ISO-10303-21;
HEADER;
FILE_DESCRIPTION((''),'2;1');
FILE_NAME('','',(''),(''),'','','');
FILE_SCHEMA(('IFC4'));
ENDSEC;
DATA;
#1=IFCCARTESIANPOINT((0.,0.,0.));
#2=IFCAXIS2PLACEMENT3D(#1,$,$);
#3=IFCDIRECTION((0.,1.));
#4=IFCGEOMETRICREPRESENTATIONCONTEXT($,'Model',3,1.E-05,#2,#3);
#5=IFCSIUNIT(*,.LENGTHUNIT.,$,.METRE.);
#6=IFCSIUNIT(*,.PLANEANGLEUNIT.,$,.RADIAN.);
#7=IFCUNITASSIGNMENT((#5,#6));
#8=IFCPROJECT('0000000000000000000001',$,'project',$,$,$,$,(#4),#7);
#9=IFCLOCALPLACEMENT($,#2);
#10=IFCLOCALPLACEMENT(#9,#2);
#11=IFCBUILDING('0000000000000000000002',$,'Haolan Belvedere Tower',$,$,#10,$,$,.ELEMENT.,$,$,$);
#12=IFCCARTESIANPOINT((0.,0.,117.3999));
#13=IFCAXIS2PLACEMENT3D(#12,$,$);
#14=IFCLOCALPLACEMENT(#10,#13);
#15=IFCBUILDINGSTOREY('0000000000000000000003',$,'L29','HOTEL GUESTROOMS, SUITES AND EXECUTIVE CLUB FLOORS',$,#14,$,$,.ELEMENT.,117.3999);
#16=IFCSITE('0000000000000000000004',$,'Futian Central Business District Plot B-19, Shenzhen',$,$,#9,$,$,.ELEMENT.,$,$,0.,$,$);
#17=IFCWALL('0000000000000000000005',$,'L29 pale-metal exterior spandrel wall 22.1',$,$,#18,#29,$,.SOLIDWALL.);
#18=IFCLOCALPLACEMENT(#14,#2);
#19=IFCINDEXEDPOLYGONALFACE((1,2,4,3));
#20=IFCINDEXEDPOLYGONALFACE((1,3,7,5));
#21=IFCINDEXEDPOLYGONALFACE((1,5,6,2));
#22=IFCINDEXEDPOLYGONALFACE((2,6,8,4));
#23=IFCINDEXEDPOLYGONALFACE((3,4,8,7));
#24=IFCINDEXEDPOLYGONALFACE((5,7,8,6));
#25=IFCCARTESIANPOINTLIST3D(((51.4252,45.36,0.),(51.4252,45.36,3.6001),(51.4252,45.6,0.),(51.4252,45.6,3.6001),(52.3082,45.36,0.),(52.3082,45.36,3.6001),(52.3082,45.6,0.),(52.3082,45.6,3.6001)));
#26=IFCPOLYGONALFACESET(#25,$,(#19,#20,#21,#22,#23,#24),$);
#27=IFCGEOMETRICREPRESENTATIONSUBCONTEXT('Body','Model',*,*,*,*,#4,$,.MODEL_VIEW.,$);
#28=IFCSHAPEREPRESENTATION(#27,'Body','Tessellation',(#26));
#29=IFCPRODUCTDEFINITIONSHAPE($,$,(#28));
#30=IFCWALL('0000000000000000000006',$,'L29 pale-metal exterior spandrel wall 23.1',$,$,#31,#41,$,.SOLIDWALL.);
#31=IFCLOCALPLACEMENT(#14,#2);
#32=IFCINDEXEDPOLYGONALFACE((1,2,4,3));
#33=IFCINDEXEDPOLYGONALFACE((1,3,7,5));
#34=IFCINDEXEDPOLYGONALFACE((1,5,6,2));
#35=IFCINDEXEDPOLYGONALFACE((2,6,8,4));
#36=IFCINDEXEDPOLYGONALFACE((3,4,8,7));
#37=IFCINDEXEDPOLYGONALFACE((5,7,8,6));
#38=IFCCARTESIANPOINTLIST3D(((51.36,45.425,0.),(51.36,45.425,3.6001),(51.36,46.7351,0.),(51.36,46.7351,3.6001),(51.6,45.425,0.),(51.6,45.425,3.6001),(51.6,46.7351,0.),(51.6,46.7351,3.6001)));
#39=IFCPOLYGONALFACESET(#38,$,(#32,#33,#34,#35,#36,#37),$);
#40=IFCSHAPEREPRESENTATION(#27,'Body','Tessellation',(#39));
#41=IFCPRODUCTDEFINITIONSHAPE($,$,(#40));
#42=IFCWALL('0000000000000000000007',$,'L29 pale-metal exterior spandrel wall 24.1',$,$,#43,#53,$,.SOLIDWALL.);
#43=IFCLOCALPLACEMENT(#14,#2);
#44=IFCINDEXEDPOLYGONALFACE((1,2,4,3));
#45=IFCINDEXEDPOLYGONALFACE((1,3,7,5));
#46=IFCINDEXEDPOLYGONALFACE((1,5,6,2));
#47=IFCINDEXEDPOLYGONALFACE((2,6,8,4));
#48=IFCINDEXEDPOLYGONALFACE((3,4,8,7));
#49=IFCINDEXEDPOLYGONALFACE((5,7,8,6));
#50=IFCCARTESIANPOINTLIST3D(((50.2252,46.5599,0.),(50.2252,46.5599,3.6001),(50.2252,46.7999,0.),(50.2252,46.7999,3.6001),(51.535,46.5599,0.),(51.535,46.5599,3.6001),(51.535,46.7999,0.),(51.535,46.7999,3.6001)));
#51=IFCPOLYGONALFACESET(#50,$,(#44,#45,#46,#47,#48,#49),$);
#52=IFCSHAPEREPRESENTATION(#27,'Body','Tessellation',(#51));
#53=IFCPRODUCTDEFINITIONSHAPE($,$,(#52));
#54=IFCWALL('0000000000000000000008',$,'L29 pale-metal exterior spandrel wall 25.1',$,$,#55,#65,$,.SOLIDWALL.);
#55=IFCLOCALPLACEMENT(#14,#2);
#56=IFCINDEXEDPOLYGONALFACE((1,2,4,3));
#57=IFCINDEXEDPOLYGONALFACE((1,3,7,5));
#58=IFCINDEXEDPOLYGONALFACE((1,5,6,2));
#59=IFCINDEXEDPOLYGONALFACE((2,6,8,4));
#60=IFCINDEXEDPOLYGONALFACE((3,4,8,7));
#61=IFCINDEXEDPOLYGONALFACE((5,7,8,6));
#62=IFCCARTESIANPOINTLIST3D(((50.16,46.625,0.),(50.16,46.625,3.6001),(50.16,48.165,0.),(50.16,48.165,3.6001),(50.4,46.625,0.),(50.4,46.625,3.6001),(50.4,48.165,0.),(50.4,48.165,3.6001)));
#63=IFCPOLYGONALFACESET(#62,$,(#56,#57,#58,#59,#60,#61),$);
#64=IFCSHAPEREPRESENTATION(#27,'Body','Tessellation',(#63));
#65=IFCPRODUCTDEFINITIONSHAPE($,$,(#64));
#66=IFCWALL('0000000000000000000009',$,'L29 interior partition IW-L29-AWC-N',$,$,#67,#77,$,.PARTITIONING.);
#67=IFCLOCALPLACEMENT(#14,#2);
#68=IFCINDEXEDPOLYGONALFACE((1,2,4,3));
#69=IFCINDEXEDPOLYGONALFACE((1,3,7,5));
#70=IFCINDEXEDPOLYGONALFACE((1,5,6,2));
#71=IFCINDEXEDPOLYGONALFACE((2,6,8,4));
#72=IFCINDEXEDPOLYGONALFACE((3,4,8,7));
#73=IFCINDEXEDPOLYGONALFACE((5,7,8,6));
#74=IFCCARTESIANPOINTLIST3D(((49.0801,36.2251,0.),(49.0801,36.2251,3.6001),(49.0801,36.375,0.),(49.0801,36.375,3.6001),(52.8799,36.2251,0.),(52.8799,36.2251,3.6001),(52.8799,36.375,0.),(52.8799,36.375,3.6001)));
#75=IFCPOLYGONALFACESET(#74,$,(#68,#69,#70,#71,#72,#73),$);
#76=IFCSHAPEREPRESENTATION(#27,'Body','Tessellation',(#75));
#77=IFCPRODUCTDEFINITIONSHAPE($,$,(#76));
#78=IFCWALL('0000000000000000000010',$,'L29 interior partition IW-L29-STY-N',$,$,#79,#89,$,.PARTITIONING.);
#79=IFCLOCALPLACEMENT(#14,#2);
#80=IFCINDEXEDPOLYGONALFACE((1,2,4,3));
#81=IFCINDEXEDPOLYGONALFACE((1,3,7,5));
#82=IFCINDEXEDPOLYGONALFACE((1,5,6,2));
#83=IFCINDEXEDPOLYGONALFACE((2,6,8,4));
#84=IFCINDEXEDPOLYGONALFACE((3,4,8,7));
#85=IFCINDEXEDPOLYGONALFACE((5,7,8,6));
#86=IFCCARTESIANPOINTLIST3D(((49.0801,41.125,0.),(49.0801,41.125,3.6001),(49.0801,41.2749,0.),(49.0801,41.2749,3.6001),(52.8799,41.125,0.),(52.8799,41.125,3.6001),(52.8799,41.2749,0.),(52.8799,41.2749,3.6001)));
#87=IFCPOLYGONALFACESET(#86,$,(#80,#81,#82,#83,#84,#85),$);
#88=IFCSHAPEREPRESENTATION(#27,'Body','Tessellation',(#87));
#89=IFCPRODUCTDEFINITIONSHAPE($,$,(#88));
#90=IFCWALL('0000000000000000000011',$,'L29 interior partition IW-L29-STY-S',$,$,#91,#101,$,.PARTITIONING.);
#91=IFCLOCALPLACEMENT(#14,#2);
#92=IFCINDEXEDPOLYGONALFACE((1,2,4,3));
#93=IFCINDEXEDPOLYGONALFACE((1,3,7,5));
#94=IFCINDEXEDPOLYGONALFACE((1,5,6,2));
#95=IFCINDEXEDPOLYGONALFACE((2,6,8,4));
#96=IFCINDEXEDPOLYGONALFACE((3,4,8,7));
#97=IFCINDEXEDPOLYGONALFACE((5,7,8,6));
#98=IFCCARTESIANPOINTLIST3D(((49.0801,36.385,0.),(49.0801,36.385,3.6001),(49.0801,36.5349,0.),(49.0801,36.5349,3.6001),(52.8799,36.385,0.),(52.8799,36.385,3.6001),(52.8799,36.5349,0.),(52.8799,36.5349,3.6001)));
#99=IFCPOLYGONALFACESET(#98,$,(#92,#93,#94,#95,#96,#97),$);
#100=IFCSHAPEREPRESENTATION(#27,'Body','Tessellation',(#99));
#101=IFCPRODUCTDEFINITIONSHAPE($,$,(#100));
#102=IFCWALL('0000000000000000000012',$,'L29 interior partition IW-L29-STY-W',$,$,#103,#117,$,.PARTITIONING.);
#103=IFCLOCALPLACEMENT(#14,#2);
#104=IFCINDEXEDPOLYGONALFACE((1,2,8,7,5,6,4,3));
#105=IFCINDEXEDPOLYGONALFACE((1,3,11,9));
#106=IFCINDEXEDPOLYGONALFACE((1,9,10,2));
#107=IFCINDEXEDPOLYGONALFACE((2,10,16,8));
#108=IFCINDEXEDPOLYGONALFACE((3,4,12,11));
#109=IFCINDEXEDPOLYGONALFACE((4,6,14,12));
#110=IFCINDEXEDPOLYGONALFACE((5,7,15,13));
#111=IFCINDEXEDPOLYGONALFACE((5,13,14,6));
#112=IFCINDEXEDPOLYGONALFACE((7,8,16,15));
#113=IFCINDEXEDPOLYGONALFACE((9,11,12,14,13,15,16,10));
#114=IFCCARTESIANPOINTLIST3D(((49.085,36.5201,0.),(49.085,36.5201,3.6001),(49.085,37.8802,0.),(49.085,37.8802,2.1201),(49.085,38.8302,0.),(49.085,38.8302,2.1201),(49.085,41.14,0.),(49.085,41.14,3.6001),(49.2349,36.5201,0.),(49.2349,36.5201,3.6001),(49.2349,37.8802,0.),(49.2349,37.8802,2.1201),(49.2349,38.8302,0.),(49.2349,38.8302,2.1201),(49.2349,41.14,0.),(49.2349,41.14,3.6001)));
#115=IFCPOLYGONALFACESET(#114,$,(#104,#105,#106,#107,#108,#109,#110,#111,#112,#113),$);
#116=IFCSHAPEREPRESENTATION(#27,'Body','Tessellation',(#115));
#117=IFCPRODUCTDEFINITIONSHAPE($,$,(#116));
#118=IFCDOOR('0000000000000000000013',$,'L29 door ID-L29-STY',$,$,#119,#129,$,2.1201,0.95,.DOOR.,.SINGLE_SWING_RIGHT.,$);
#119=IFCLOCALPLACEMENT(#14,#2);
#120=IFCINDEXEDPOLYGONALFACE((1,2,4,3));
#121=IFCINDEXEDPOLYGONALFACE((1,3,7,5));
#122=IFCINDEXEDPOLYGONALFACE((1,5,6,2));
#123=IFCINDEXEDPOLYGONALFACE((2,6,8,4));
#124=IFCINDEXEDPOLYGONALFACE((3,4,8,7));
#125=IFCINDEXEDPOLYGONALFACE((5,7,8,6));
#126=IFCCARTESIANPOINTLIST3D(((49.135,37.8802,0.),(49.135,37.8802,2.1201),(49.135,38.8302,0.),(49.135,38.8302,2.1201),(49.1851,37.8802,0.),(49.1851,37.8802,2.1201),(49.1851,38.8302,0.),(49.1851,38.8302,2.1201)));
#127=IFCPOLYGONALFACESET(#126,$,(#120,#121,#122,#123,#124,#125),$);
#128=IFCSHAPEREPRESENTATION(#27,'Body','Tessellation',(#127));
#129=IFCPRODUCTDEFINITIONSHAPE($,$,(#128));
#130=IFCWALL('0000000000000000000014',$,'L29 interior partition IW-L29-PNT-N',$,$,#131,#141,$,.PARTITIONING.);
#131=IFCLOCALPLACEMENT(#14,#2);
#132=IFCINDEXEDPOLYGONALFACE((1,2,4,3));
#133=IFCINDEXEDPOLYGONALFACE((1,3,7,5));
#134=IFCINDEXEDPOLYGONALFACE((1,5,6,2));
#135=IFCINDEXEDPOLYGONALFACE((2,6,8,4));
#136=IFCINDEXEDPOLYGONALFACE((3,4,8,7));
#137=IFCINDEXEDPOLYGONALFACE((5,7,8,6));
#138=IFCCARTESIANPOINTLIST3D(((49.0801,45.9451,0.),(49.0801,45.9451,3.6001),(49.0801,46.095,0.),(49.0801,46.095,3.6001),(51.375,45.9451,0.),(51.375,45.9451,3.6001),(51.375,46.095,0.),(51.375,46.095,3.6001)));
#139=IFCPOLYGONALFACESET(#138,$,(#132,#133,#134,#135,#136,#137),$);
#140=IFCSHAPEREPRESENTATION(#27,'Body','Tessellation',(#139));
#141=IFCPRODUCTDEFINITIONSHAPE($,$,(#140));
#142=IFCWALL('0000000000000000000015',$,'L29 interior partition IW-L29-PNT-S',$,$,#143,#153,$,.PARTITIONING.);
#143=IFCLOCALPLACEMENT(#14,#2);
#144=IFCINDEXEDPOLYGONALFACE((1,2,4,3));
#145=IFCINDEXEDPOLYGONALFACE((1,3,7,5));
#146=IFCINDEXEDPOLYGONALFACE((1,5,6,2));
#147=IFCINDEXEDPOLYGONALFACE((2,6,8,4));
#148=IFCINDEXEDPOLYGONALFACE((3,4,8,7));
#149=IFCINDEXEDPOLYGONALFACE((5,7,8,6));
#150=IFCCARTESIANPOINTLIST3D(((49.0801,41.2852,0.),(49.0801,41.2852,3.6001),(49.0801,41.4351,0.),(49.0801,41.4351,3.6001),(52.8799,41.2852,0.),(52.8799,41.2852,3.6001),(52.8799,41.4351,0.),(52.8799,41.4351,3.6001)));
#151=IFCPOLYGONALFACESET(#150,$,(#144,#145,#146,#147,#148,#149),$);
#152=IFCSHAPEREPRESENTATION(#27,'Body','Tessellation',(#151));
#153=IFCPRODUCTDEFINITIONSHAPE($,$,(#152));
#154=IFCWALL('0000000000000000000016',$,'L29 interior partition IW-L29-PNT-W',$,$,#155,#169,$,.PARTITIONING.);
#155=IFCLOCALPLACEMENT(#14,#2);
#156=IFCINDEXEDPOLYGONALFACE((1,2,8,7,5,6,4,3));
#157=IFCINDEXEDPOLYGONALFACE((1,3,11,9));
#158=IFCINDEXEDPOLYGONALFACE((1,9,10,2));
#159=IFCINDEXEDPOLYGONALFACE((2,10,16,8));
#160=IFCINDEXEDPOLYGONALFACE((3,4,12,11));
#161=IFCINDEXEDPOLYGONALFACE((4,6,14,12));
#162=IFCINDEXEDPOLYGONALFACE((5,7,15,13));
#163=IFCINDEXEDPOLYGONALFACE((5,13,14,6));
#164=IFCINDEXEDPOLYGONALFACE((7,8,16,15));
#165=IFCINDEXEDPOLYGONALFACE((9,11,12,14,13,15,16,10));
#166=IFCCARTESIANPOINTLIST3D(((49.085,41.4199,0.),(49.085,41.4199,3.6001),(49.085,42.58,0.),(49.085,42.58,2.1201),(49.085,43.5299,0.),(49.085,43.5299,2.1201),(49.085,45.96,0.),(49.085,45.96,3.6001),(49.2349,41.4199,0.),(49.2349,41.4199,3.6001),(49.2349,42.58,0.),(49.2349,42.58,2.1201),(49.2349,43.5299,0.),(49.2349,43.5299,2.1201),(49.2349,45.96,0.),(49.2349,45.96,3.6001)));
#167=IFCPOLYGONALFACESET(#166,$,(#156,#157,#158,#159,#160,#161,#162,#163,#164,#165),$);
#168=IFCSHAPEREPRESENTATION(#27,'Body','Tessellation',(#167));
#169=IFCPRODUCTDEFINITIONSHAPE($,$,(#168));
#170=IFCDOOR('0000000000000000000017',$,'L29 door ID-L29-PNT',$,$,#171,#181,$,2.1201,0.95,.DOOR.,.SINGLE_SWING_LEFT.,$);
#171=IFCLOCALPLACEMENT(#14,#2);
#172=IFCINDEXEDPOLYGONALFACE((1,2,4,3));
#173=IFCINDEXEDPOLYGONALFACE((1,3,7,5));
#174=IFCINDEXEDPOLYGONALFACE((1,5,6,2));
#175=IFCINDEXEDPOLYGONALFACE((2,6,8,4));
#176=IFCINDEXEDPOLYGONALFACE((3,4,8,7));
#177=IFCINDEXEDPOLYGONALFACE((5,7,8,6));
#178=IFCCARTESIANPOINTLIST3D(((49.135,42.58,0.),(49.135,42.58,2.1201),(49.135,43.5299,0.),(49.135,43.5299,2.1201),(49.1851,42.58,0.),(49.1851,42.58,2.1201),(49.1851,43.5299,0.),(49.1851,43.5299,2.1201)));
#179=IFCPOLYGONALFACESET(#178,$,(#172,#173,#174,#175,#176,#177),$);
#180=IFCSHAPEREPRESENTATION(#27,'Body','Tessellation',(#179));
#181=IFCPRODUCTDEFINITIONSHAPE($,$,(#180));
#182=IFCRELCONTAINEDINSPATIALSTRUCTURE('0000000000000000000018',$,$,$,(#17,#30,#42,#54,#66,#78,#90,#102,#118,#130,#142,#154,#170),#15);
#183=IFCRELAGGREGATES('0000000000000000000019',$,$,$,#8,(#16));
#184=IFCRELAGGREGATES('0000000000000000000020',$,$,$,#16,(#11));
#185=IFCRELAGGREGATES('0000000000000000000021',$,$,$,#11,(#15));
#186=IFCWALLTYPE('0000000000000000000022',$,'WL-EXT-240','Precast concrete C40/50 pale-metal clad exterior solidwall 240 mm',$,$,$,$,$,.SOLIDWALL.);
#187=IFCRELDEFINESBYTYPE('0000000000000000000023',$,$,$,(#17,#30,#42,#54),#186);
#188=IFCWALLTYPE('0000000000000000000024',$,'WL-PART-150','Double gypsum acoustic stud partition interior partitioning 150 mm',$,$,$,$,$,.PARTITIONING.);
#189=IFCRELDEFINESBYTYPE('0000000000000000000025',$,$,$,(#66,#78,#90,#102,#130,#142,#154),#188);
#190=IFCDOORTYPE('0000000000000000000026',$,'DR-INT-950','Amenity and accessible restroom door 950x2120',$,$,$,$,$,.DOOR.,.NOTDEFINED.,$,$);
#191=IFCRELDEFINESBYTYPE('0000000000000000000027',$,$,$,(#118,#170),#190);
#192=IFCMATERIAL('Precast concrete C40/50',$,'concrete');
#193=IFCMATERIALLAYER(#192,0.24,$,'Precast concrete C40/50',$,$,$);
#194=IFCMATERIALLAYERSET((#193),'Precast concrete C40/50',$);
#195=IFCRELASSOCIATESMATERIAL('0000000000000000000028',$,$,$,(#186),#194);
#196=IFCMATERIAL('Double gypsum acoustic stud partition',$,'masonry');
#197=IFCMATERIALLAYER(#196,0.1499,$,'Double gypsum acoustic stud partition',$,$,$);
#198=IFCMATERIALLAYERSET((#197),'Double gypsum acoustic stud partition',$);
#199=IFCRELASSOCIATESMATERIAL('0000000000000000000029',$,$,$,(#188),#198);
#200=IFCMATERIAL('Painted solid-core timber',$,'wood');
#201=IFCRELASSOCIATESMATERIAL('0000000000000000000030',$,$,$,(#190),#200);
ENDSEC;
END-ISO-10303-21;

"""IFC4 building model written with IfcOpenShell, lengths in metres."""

from ifc_helpers import new_model, si_unit, direction, frame, frame_2d, origin, place, context, subcontext, project, spatial, rectangle, extrude, material, layer, layer_set, type_object, element, fill, save


model = new_model("IFC4")

# Units and contexts
model_context = context("Model", 3, precision=1e-05, world=origin(), true_north=direction((0.0, 1.0)))
body_context = subcontext(model_context, "Body", "Model", "MODEL_VIEW")
ifc_project = project(units=[si_unit("LENGTHUNIT", "METRE"), si_unit("PLANEANGLEUNIT", "RADIAN")], contexts=[model_context])

# Site, building, storey
site_placement = place(None, origin())
site = spatial("IfcSite", under=ifc_project, at=site_placement, Name="Futian Central Business District Plot B-19, Shenzhen", CompositionType="ELEMENT", RefElevation=0.0)
building_placement = place(site_placement, origin())
building = spatial("IfcBuilding", under=site, at=building_placement, Name="Haolan Belvedere Tower", CompositionType="ELEMENT")
storey_placement = place(building_placement, frame((0.0, 0.0, 117.3999)))
storey = spatial("IfcBuildingStorey", under=building, at=storey_placement, Name="L29", Description="HOTEL GUESTROOMS, SUITES AND EXECUTIVE CLUB FLOORS", CompositionType="ELEMENT", Elevation=117.3999)

# Walls
ifc_material_1 = material(Name="Precast concrete C40/50", Category="concrete")
ifc_layer_1 = layer(ifc_material_1, 0.24, Name="Precast concrete C40/50")
ifc_layer_set_1 = layer_set([ifc_layer_1], Name="Precast concrete C40/50")
wall_type_1 = type_object("IfcWallType", Name="WL-EXT-240", Description="Precast concrete C40/50 pale-metal clad exterior solidwall 240 mm", PredefinedType="SOLIDWALL", material=ifc_layer_set_1)
wall_1_placement = place(storey_placement, frame((52.3081, 45.48, 0.0), z_axis=(0.0, 0.0, 1.0), x_axis=(-1.0, 0.0, 0.0)))
element("IfcWall", 1, at=wall_1_placement, inside=storey, type_object=wall_type_1, Name="L29 pale-metal exterior spandrel wall 22.1", PredefinedType="SOLIDWALL", context=body_context, shape_type="SweptSolid", body=[
    extrude(rectangle(XDim=0.8831, YDim=0.24, at=frame_2d((0.4414, 0.0))), origin(), (0.0, 0.0, 1.0), 3.6001),
])
wall_2_placement = place(storey_placement, frame((51.48, 45.425, 0.0), z_axis=(0.0, 0.0, 1.0), x_axis=(0.0, 1.0, 0.0)))
element("IfcWall", 2, at=wall_2_placement, inside=storey, type_object=wall_type_1, Name="L29 pale-metal exterior spandrel wall 23.1", PredefinedType="SOLIDWALL", context=body_context, shape_type="SweptSolid", body=[
    extrude(rectangle(XDim=1.3101, YDim=0.24, at=frame_2d((0.655, 0.0))), origin(), (0.0, 0.0, 1.0), 3.6001),
])
wall_3_placement = place(storey_placement, frame((51.5349, 46.6799, 0.0), z_axis=(0.0, 0.0, 1.0), x_axis=(-1.0, 0.0, 0.0)))
element("IfcWall", 3, at=wall_3_placement, inside=storey, type_object=wall_type_1, Name="L29 pale-metal exterior spandrel wall 24.1", PredefinedType="SOLIDWALL", context=body_context, shape_type="SweptSolid", body=[
    extrude(rectangle(XDim=1.3098, YDim=0.24, at=frame_2d((0.6548, 0.0))), origin(), (0.0, 0.0, 1.0), 3.6001),
])
wall_4_placement = place(storey_placement, frame((50.28, 46.625, 0.0), z_axis=(0.0, 0.0, 1.0), x_axis=(0.0, 1.0, 0.0)))
element("IfcWall", 4, at=wall_4_placement, inside=storey, type_object=wall_type_1, Name="L29 pale-metal exterior spandrel wall 25.1", PredefinedType="SOLIDWALL", context=body_context, shape_type="SweptSolid", body=[
    extrude(rectangle(XDim=1.54, YDim=0.24, at=frame_2d((0.77, 0.0))), origin(), (0.0, 0.0, 1.0), 3.6001),
])
ifc_material_2 = material(Name="Double gypsum acoustic stud partition", Category="masonry")
ifc_layer_2 = layer(ifc_material_2, 0.1499, Name="Double gypsum acoustic stud partition")
ifc_layer_set_2 = layer_set([ifc_layer_2], Name="Double gypsum acoustic stud partition")
wall_type_2 = type_object("IfcWallType", Name="WL-PART-150", Description="Double gypsum acoustic stud partition interior partitioning 150 mm", PredefinedType="PARTITIONING", material=ifc_layer_set_2)
wall_5_placement = place(storey_placement, frame((49.0801, 36.3, 0.0), z_axis=(0.0, 0.0, 1.0), x_axis=(1.0, 0.0, 0.0)))
element("IfcWall", 5, at=wall_5_placement, inside=storey, type_object=wall_type_2, Name="L29 interior partition IW-L29-AWC-N", PredefinedType="PARTITIONING", context=body_context, shape_type="SweptSolid", body=[
    extrude(rectangle(XDim=3.7998, YDim=0.1499, at=frame_2d((1.8999, 0.0))), origin(), (0.0, 0.0, 1.0), 3.6001),
])

# Shared definitions
ifc_material_3 = material(Name="Painted solid-core timber", Category="wood")
door_type = type_object("IfcDoorType", Name="DR-INT-950", Description="Amenity and accessible restroom door 950x2120", OperationType="NOTDEFINED", PredefinedType="DOOR", material=ifc_material_3)

# Walls
for number, where, z_axis, x_axis, name in (
    (6, (49.0801, 41.2, 0.0), (0.0, 0.0, 1.0), (1.0, 0.0, 0.0), "L29 interior partition IW-L29-STY-N"),
    (7, (49.0801, 36.46, 0.0), (0.0, 0.0, 1.0), (1.0, 0.0, 0.0), "L29 interior partition IW-L29-STY-S"),
):
    element("IfcWall", number, at=place(storey_placement, frame(where, z_axis=z_axis, x_axis=x_axis)), inside=storey, type_object=wall_type_2, Name=name, PredefinedType="PARTITIONING", context=body_context, shape_type="SweptSolid", body=[
        extrude(rectangle(XDim=3.7998, YDim=0.1499, at=frame_2d((1.8999, 0.0))), origin(), (0.0, 0.0, 1.0), 3.6001),
    ])

# Wall, opening, door
wall_6_placement = place(storey_placement, frame((49.1599, 36.52, 0.0), z_axis=(0.0, 0.0, 1.0), x_axis=(0.0, 1.0, 0.0)))
wall_6 = element("IfcWall", 8, at=wall_6_placement, inside=storey, type_object=wall_type_2, Name="L29 interior partition IW-L29-STY-W", PredefinedType="PARTITIONING", context=body_context, shape_type="SweptSolid", body=[
    extrude(rectangle(XDim=4.6199, YDim=0.1499, at=frame_2d((2.3101, 0.0))), origin(), (0.0, 0.0, 1.0), 3.6001),
])
opening_1_placement = place(wall_6_placement, frame((1.3601, 0.0, 0.0)))
opening_1 = element("IfcOpeningElement", 9, at=opening_1_placement, cuts=wall_6, PredefinedType="OPENING", context=body_context, shape_type="SweptSolid", body=[
    extrude(rectangle(XDim=0.95, YDim=2.1201, at=frame_2d((0.4751, 1.0601))), frame((0.0, 0.085, 0.0), z_axis=(0.0, -1.0, 0.0), x_axis=(1.0, 0.0, 0.0)), (0.0, 0.0, 1.0), 0.1699),
])
door_1_placement = place(opening_1_placement, origin())
door_1 = element("IfcDoor", 10, at=door_1_placement, inside=storey, type_object=door_type, Name="L29 door ID-L29-STY", OperationType="SINGLE_SWING_RIGHT", OverallHeight=2.1201, OverallWidth=0.95, PredefinedType="DOOR", context=body_context, shape_type="SweptSolid", body=[
    extrude(rectangle(XDim=0.95, YDim=2.1201, at=frame_2d((0.4751, 1.0601))), frame((0.0, 0.0249, 0.0), z_axis=(0.0, -1.0, 0.0), x_axis=(1.0, 0.0, 0.0)), (0.0, 0.0, 1.0), 0.05),
])
fill(opening_1, door_1)

# Walls
wall_7_placement = place(storey_placement, frame((49.0801, 46.02, 0.0), z_axis=(0.0, 0.0, 1.0), x_axis=(1.0, 0.0, 0.0)))
element("IfcWall", 11, at=wall_7_placement, inside=storey, type_object=wall_type_2, Name="L29 interior partition IW-L29-PNT-N", PredefinedType="PARTITIONING", context=body_context, shape_type="SweptSolid", body=[
    extrude(rectangle(XDim=2.2949, YDim=0.1499, at=frame_2d((1.1475, 0.0))), origin(), (0.0, 0.0, 1.0), 3.6001),
])
wall_8_placement = place(storey_placement, frame((49.0801, 41.3601, 0.0), z_axis=(0.0, 0.0, 1.0), x_axis=(1.0, 0.0, 0.0)))
element("IfcWall", 12, at=wall_8_placement, inside=storey, type_object=wall_type_2, Name="L29 interior partition IW-L29-PNT-S", PredefinedType="PARTITIONING", context=body_context, shape_type="SweptSolid", body=[
    extrude(rectangle(XDim=3.7998, YDim=0.1499, at=frame_2d((1.8999, 0.0))), origin(), (0.0, 0.0, 1.0), 3.6001),
])

# Wall, opening, door
wall_9_placement = place(storey_placement, frame((49.1599, 41.4199, 0.0), z_axis=(0.0, 0.0, 1.0), x_axis=(0.0, 1.0, 0.0)))
wall_9 = element("IfcWall", 13, at=wall_9_placement, inside=storey, type_object=wall_type_2, Name="L29 interior partition IW-L29-PNT-W", PredefinedType="PARTITIONING", context=body_context, shape_type="SweptSolid", body=[
    extrude(rectangle(XDim=4.54, YDim=0.1499, at=frame_2d((2.27, 0.0))), origin(), (0.0, 0.0, 1.0), 3.6001),
])
opening_2_placement = place(wall_9_placement, frame((1.1599, 0.0, 0.0)))
opening_2 = element("IfcOpeningElement", 14, at=opening_2_placement, cuts=wall_9, PredefinedType="OPENING", context=body_context, shape_type="SweptSolid", body=[
    extrude(rectangle(XDim=0.95, YDim=2.1201, at=frame_2d((0.4751, 1.0601))), frame((0.0, 0.085, 0.0), z_axis=(0.0, -1.0, 0.0), x_axis=(1.0, 0.0, 0.0)), (0.0, 0.0, 1.0), 0.1699),
])
door_2_placement = place(opening_2_placement, origin())
door_2 = element("IfcDoor", 15, at=door_2_placement, inside=storey, type_object=door_type, Name="L29 door ID-L29-PNT", OperationType="SINGLE_SWING_LEFT", OverallHeight=2.1201, OverallWidth=0.95, PredefinedType="DOOR", context=body_context, shape_type="SweptSolid", body=[
    extrude(rectangle(XDim=0.95, YDim=2.1201, at=frame_2d((0.4751, 1.0601))), frame((0.0, 0.0249, 0.0), z_axis=(0.0, -1.0, 0.0), x_axis=(1.0, 0.0, 0.0)), (0.0, 0.0, 1.0), 0.05),
])
fill(opening_2, door_2)

save(model, "model.ifc")
